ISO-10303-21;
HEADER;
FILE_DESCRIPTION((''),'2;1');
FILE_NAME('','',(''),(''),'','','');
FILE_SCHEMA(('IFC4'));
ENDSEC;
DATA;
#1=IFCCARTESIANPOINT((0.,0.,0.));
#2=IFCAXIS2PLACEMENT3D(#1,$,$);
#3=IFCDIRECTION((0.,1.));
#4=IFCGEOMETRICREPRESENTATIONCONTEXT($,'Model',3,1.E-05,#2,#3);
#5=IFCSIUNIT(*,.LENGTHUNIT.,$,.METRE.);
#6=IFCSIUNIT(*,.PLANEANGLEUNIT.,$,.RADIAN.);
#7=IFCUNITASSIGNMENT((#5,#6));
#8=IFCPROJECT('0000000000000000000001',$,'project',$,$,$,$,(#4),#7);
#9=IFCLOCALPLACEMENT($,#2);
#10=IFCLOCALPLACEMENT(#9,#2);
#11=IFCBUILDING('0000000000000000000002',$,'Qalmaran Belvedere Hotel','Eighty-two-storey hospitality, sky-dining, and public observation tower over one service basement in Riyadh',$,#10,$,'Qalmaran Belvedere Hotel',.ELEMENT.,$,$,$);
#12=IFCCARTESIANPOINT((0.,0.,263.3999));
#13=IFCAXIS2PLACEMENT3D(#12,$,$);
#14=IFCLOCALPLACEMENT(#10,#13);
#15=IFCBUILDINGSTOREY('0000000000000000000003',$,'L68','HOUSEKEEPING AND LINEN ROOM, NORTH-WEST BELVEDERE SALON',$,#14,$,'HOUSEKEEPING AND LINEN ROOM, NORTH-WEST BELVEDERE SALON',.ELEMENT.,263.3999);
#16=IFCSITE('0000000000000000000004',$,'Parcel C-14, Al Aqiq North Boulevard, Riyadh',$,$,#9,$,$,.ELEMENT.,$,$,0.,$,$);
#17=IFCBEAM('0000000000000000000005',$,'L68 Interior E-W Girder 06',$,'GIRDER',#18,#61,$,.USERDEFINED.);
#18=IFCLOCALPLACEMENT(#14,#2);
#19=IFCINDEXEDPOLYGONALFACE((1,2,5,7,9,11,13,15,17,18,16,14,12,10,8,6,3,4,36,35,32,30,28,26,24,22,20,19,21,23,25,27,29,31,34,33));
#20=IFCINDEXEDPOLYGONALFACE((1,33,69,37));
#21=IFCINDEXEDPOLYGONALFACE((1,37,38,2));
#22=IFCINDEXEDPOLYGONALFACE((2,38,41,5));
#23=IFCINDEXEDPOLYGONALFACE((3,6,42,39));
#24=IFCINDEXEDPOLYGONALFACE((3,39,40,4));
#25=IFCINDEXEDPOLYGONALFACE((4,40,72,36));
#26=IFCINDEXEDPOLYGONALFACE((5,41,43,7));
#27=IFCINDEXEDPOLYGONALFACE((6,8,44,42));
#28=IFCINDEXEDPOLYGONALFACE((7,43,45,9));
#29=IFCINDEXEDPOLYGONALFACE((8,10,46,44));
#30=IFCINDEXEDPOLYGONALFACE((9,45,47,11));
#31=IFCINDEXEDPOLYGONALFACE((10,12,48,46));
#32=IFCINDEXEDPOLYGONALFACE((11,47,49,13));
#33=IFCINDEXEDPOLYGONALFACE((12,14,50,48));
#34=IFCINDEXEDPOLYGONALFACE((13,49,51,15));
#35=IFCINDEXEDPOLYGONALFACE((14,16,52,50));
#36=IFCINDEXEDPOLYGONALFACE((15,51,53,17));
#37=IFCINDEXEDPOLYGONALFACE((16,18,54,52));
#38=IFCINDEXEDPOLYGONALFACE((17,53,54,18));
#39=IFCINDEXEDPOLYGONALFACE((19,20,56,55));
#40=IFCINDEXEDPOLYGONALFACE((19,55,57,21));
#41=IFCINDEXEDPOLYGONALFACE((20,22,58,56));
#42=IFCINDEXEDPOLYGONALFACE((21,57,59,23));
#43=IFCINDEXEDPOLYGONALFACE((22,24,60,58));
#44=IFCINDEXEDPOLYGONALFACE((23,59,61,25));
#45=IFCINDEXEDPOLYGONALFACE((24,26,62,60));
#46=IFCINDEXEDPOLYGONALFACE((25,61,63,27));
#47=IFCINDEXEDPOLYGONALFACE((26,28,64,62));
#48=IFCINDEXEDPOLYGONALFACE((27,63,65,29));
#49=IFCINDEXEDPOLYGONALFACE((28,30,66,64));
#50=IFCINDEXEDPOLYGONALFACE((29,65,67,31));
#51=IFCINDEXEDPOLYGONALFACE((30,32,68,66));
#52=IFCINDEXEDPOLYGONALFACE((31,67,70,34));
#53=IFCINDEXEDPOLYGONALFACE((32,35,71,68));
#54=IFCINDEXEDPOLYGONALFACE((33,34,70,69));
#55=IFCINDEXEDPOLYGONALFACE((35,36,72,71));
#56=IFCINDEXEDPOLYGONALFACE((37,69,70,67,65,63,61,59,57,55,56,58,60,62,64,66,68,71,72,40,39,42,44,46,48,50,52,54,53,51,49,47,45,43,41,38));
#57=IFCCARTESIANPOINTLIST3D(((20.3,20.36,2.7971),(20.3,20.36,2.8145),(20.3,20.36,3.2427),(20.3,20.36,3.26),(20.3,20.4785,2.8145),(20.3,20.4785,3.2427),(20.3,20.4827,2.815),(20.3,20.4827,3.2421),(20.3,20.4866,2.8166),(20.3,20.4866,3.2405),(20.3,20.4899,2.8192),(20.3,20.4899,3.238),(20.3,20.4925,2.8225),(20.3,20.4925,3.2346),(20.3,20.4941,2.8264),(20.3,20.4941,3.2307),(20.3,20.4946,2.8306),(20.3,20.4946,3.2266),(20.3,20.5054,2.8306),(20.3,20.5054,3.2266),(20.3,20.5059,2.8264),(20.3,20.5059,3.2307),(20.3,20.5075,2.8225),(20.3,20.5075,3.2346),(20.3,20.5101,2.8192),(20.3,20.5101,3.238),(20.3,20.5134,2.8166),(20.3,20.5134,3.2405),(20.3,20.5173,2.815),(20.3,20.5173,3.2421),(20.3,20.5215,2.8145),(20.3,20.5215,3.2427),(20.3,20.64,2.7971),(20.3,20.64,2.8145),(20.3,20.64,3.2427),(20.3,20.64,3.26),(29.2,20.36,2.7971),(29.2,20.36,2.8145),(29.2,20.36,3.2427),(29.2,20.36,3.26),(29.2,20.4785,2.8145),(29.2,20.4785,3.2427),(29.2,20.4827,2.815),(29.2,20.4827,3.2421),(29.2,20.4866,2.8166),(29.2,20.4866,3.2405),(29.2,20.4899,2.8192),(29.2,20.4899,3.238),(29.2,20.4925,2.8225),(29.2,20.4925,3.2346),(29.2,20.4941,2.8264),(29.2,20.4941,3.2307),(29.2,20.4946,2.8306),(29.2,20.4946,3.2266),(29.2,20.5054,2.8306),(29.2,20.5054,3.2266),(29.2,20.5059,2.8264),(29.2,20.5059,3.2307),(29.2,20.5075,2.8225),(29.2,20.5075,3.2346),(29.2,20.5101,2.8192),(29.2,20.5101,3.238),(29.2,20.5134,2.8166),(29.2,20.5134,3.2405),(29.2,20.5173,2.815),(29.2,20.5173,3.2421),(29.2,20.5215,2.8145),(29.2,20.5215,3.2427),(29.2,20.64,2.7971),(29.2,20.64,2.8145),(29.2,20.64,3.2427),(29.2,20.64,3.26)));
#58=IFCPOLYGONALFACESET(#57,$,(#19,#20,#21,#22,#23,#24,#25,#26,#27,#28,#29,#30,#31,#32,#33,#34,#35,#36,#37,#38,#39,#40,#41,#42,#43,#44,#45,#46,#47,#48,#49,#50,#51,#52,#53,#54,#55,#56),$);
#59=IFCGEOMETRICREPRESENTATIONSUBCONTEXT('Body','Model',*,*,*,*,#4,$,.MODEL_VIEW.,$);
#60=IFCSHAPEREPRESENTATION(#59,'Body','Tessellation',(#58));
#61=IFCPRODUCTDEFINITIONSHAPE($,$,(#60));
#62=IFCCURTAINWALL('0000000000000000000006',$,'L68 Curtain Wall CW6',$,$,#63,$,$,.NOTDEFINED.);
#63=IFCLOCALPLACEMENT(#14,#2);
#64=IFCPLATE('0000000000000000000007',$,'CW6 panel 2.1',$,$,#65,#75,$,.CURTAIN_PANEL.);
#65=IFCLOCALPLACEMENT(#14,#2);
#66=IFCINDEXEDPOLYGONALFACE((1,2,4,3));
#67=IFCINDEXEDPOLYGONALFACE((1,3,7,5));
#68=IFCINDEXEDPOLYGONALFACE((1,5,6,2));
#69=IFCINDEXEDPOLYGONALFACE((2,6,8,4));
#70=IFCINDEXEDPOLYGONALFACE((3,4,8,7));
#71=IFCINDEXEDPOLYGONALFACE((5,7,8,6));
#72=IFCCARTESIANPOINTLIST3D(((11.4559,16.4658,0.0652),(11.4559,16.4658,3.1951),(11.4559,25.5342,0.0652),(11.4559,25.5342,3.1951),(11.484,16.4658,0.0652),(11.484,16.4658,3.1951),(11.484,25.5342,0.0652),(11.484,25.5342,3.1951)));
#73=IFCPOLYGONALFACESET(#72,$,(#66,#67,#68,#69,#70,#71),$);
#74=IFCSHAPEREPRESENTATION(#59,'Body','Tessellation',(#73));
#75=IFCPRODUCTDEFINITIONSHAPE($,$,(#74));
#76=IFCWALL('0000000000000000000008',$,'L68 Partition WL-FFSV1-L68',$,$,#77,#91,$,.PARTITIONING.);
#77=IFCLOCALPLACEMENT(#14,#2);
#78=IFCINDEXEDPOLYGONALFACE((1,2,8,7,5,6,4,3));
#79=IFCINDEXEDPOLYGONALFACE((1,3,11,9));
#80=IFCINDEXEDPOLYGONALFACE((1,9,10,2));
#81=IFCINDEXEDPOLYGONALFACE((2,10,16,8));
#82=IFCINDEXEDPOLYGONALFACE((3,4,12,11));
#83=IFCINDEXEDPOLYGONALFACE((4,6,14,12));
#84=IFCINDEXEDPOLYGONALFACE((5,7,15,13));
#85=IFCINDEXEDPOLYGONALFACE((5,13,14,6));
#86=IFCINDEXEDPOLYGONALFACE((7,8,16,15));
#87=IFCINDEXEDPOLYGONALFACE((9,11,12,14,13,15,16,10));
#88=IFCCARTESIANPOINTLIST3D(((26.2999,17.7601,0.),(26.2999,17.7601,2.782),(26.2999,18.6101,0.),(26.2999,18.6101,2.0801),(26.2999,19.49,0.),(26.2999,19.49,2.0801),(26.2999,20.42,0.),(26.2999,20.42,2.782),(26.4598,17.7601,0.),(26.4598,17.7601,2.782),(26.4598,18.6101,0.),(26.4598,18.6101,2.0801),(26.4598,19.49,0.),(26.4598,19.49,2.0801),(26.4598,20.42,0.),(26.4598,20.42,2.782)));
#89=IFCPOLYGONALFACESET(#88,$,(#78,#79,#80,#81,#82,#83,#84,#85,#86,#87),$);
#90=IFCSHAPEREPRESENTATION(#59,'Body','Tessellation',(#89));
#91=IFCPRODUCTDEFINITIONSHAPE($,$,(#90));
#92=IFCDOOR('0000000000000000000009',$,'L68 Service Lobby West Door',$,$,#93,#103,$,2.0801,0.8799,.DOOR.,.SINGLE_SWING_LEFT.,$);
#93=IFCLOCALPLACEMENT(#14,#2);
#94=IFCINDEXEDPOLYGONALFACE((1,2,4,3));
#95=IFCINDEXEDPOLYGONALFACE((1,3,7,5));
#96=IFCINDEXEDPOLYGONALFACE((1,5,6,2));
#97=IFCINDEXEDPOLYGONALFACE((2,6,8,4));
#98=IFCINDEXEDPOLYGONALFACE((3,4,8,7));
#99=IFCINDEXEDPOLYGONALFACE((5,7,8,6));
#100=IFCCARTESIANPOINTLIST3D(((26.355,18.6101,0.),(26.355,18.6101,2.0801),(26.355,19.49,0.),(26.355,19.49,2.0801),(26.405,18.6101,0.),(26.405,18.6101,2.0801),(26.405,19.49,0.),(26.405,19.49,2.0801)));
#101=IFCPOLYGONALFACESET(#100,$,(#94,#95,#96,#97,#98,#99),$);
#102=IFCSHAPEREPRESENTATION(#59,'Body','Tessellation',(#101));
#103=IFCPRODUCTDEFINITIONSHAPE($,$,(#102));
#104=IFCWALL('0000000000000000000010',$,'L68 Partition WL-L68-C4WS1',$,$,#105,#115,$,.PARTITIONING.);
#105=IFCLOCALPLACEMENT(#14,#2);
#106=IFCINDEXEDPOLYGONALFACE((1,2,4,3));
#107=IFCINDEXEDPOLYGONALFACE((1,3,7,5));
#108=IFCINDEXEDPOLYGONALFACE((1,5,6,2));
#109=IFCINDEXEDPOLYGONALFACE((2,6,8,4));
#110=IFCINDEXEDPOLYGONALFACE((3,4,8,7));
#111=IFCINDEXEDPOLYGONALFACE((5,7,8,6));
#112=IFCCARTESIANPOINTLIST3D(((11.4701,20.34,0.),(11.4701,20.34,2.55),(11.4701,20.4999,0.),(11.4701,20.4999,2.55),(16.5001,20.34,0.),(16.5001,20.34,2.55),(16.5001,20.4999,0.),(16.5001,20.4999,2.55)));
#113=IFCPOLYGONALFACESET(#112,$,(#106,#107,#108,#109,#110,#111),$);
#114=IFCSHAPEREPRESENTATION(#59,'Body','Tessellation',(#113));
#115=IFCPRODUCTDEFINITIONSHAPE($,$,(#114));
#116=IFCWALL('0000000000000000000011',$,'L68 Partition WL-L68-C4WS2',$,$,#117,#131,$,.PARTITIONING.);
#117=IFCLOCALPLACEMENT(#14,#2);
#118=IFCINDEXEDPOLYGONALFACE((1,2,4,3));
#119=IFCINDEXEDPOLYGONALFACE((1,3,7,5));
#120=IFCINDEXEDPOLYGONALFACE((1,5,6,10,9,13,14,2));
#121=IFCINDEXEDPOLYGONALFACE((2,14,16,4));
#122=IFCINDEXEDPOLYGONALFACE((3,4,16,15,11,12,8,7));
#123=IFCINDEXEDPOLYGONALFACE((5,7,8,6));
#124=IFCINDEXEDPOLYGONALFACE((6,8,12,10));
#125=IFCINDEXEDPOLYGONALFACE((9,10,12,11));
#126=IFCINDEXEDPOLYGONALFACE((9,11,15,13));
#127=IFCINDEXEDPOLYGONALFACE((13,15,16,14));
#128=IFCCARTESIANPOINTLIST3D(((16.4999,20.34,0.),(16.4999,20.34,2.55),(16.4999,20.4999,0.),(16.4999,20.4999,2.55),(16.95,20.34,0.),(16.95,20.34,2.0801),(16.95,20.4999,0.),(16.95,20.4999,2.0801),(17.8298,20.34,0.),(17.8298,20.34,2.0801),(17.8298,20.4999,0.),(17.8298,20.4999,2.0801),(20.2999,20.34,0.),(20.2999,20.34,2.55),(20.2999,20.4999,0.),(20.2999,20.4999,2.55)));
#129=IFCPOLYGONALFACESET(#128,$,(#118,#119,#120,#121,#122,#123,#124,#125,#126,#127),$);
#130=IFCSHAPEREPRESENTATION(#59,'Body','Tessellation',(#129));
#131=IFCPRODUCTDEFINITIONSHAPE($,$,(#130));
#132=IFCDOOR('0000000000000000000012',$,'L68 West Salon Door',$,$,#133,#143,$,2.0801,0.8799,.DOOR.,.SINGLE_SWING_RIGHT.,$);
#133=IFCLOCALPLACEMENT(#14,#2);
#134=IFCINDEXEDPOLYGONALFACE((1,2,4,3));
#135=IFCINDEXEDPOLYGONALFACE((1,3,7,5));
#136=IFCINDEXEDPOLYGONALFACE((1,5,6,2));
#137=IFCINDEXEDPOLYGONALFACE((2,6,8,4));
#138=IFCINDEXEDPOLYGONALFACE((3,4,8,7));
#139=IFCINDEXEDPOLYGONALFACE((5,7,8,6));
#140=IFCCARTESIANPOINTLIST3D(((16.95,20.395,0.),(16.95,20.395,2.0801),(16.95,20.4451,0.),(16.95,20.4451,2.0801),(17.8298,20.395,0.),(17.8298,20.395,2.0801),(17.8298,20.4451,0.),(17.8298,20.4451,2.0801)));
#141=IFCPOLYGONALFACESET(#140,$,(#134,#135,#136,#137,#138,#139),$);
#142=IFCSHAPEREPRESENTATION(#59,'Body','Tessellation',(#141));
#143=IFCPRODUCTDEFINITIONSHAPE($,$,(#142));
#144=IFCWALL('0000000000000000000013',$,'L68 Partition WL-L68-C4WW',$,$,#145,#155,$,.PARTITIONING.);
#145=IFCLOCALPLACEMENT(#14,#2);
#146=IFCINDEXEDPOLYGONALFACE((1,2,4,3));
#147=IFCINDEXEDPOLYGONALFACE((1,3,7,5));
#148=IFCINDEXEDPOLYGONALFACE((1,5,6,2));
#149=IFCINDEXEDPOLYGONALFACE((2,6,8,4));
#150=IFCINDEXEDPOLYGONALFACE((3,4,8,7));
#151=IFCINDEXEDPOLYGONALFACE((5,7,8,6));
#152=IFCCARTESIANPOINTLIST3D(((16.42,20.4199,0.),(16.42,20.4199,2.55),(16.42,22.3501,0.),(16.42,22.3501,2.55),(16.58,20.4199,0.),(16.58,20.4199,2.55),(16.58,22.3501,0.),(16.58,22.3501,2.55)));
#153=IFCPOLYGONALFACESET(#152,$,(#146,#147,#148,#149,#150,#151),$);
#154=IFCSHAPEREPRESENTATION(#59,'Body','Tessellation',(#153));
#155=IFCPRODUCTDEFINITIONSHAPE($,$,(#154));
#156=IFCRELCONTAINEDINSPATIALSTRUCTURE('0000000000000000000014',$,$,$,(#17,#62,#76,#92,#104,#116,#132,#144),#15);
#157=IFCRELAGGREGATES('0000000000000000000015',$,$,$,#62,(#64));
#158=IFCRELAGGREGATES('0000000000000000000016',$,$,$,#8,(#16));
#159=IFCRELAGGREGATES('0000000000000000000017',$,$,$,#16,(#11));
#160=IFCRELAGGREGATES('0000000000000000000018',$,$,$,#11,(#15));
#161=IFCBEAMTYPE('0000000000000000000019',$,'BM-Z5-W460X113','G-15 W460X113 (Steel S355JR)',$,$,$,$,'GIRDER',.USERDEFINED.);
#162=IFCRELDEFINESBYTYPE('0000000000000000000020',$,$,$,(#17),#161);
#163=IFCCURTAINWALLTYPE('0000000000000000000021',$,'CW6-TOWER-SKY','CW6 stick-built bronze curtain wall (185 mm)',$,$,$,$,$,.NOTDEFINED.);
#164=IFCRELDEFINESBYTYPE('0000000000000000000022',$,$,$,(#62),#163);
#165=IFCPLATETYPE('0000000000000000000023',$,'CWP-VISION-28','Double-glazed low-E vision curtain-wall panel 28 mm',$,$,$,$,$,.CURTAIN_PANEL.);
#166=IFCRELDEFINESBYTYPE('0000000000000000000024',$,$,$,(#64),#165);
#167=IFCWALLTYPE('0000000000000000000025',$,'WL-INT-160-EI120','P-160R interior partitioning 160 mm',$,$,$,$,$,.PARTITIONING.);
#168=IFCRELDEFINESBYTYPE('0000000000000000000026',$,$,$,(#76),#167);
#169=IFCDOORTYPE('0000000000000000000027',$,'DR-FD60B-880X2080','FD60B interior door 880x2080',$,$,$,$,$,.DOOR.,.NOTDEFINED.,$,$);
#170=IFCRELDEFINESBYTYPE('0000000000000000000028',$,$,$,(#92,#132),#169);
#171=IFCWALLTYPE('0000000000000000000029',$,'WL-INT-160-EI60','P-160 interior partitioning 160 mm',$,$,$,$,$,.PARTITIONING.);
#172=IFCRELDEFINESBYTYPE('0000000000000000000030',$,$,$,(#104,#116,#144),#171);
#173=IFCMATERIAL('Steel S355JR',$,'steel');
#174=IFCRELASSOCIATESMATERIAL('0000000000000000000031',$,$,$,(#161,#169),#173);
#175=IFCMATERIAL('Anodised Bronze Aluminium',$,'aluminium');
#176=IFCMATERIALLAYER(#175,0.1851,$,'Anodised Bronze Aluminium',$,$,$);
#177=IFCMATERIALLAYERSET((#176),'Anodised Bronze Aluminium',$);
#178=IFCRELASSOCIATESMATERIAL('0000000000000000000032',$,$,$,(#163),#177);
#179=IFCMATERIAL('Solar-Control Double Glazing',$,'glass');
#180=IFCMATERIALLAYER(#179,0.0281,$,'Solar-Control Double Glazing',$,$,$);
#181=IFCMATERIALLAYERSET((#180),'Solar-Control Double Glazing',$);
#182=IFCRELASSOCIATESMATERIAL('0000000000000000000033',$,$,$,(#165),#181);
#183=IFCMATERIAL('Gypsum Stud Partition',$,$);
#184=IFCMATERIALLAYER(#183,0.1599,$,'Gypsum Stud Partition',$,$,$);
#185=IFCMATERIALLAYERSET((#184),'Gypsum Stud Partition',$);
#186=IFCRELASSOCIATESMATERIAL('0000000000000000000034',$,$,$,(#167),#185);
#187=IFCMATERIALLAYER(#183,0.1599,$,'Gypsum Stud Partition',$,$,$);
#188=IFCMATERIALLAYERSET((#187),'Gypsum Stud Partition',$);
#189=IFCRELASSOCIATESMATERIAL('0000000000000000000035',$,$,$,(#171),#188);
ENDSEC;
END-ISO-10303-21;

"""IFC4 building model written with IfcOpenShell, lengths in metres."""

from ifc_helpers import new_model, si_unit, direction, frame, frame_2d, origin, origin_2d, place, context, subcontext, project, spatial, rectangle, i_section, extrude, material, layer, layer_set, material_profile, profile_set, type_object, element, fill, aggregate, save


model = new_model("IFC4")

# Units and contexts
model_context = context("Model", 3, precision=1e-05, world=origin(), true_north=direction((0.0, 1.0)))
body_context = subcontext(model_context, "Body", "Model", "MODEL_VIEW")
ifc_project = project(units=[si_unit("LENGTHUNIT", "METRE"), si_unit("PLANEANGLEUNIT", "RADIAN")], contexts=[model_context])

# Site, building, storey
site_placement = place(None, origin())
site = spatial("IfcSite", under=ifc_project, at=site_placement, Name="Parcel C-14, Al Aqiq North Boulevard, Riyadh", CompositionType="ELEMENT", RefElevation=0.0)
building_placement = place(site_placement, origin())
building = spatial("IfcBuilding", under=site, at=building_placement, Name="Qalmaran Belvedere Hotel", Description="Eighty-two-storey hospitality, sky-dining, and public observation tower over one service basement in Riyadh", LongName="Qalmaran Belvedere Hotel", CompositionType="ELEMENT")
storey_placement = place(building_placement, frame((0.0, 0.0, 263.3999)))
storey = spatial("IfcBuildingStorey", under=building, at=storey_placement, Name="L68", Description="HOUSEKEEPING AND LINEN ROOM, NORTH-WEST BELVEDERE SALON", LongName="HOUSEKEEPING AND LINEN ROOM, NORTH-WEST BELVEDERE SALON", CompositionType="ELEMENT", Elevation=263.3999)

# Beam
ifc_material_1 = material(Name="Steel S355JR", Category="steel")
ifc_material_profile_1 = material_profile(ifc_material_1, i_section(OverallWidth=0.28, OverallDepth=0.4629, WebThickness=0.0107, FlangeThickness=0.0173, FilletRadius=0.0161, at=origin_2d()), Name="W460X113")
ifc_profile_set_1 = profile_set([ifc_material_profile_1], Name="Steel S355JR")
beam_type_1 = type_object("IfcBeamType", Name="BM-Z5-W460X113", Description="G-15 W460X113 (Steel S355JR)", ElementType="GIRDER", PredefinedType="USERDEFINED", material=ifc_profile_set_1)
beam_1_placement = place(storey_placement, frame((20.3, 20.5, 3.0286), z_axis=(1.0, 0.0, 0.0), x_axis=(0.0, 1.0, 0.0)))
element("IfcBeam", 1, at=beam_1_placement, inside=storey, type_object=beam_type_1, Name="L68 Interior E-W Girder 06", ObjectType="GIRDER", PredefinedType="USERDEFINED", context=body_context, shape_type="SweptSolid", body=[
    extrude(i_section(OverallWidth=0.28, OverallDepth=0.4629, WebThickness=0.0107, FlangeThickness=0.0173, FilletRadius=0.0161, at=origin_2d()), origin(), (0.0, 0.0, 1.0), 8.8999),
])

# Curtain wall, plate
ifc_material_2 = material(Name="Anodised Bronze Aluminium", Category="aluminium")
ifc_layer_1 = layer(ifc_material_2, 0.1851, Name="Anodised Bronze Aluminium")
ifc_layer_set_1 = layer_set([ifc_layer_1], Name="Anodised Bronze Aluminium")
curtain_wall_type = type_object("IfcCurtainWallType", Name="CW6-TOWER-SKY", Description="CW6 stick-built bronze curtain wall (185 mm)", PredefinedType="NOTDEFINED", material=ifc_layer_set_1)
curtain_wall_placement = place(storey_placement, origin())
curtain_wall = element("IfcCurtainWall", 2, at=curtain_wall_placement, inside=storey, type_object=curtain_wall_type, Name="L68 Curtain Wall CW6", PredefinedType="NOTDEFINED")
ifc_material_3 = material(Name="Solar-Control Double Glazing", Category="glass")
ifc_layer_2 = layer(ifc_material_3, 0.0281, Name="Solar-Control Double Glazing")
ifc_layer_set_2 = layer_set([ifc_layer_2], Name="Solar-Control Double Glazing")
plate_type = type_object("IfcPlateType", Name="CWP-VISION-28", Description="Double-glazed low-E vision curtain-wall panel 28 mm", PredefinedType="CURTAIN_PANEL", material=ifc_layer_set_2)
plate_placement = place(storey_placement, frame((11.47, 21.0, 0.0652), z_axis=(0.0, 0.0, 1.0), x_axis=(0.0, -1.0, 0.0)))
plate = element("IfcPlate", 3, at=plate_placement, type_object=plate_type, Name="CW6 panel 2.1", PredefinedType="CURTAIN_PANEL", context=body_context, shape_type="SweptSolid", body=[
    extrude(rectangle(XDim=9.0684, YDim=0.0281, at=origin_2d()), origin(), (0.0, 0.0, 1.0), 3.1299),
])
aggregate(curtain_wall, [plate])

# Wall, opening, door
ifc_material_4 = material(Name="Gypsum Stud Partition")
ifc_layer_3 = layer(ifc_material_4, 0.1599, Name="Gypsum Stud Partition")
ifc_layer_set_3 = layer_set([ifc_layer_3], Name="Gypsum Stud Partition")
wall_type_1 = type_object("IfcWallType", Name="WL-INT-160-EI120", Description="P-160R interior partitioning 160 mm", PredefinedType="PARTITIONING", material=ifc_layer_set_3)
wall_1_placement = place(storey_placement, frame((26.3799, 17.76, 0.0), z_axis=(0.0, 0.0, 1.0), x_axis=(0.0, 1.0, 0.0)))
wall_1 = element("IfcWall", 4, at=wall_1_placement, inside=storey, type_object=wall_type_1, Name="L68 Partition WL-FFSV1-L68", PredefinedType="PARTITIONING", context=body_context, shape_type="SweptSolid", body=[
    extrude(rectangle(XDim=2.6599, YDim=0.1599, at=frame_2d((1.3301, 0.0))), origin(), (0.0, 0.0, 1.0), 2.782),
])
opening_1_placement = place(wall_1_placement, frame((0.8501, 0.0, 0.0)))
opening_1 = element("IfcOpeningElement", 5, at=opening_1_placement, cuts=wall_1, PredefinedType="OPENING", context=body_context, shape_type="SweptSolid", body=[
    extrude(rectangle(XDim=0.8799, YDim=2.0801, at=frame_2d((0.4399, 1.04))), frame((0.0, 0.0898, 0.0), z_axis=(0.0, -1.0, 0.0), x_axis=(1.0, 0.0, 0.0)), (0.0, 0.0, 1.0), 0.1799),
])
door_type_1 = type_object("IfcDoorType", Name="DR-FD60B-880X2080", Description="FD60B interior door 880x2080", OperationType="NOTDEFINED", PredefinedType="DOOR", material=ifc_material_1)
door_1_placement = place(opening_1_placement, origin())
door_1 = element("IfcDoor", 6, at=door_1_placement, inside=storey, type_object=door_type_1, Name="L68 Service Lobby West Door", OperationType="SINGLE_SWING_LEFT", OverallHeight=2.0801, OverallWidth=0.8799, PredefinedType="DOOR", context=body_context, shape_type="SweptSolid", body=[
    extrude(rectangle(XDim=0.8799, YDim=2.0801, at=frame_2d((0.4399, 1.04))), frame((0.0, 0.0249, 0.0), z_axis=(0.0, -1.0, 0.0), x_axis=(1.0, 0.0, 0.0)), (0.0, 0.0, 1.0), 0.05),
])
fill(opening_1, door_1)

# Wall
ifc_layer_4 = layer(ifc_material_4, 0.1599, Name="Gypsum Stud Partition")
ifc_layer_set_4 = layer_set([ifc_layer_4], Name="Gypsum Stud Partition")
wall_type_2 = type_object("IfcWallType", Name="WL-INT-160-EI60", Description="P-160 interior partitioning 160 mm", PredefinedType="PARTITIONING", material=ifc_layer_set_4)
wall_2_placement = place(storey_placement, frame((11.47, 20.4199, 0.0), z_axis=(0.0, 0.0, 1.0), x_axis=(1.0, 0.0, 0.0)))
element("IfcWall", 7, at=wall_2_placement, inside=storey, type_object=wall_type_2, Name="L68 Partition WL-L68-C4WS1", PredefinedType="PARTITIONING", context=body_context, shape_type="SweptSolid", body=[
    extrude(rectangle(XDim=5.03, YDim=0.1599, at=frame_2d((2.5151, 0.0))), origin(), (0.0, 0.0, 1.0), 2.55),
])

# Wall, opening, door
wall_3_placement = place(storey_placement, frame((16.5, 20.4199, 0.0), z_axis=(0.0, 0.0, 1.0), x_axis=(1.0, 0.0, 0.0)))
wall_3 = element("IfcWall", 8, at=wall_3_placement, inside=storey, type_object=wall_type_2, Name="L68 Partition WL-L68-C4WS2", PredefinedType="PARTITIONING", context=body_context, shape_type="SweptSolid", body=[
    extrude(rectangle(XDim=3.8, YDim=0.1599, at=frame_2d((1.8999, 0.0))), origin(), (0.0, 0.0, 1.0), 2.55),
])
opening_2_placement = place(wall_3_placement, frame((1.3298, 0.0, 0.0), z_axis=(0.0, 0.0, 1.0), x_axis=(-1.0, 0.0, 0.0)))
opening_2 = element("IfcOpeningElement", 9, at=opening_2_placement, cuts=wall_3, PredefinedType="OPENING", context=body_context, shape_type="SweptSolid", body=[
    extrude(rectangle(XDim=0.8799, YDim=2.0801, at=frame_2d((0.4399, 1.04))), frame((0.0, 0.0898, 0.0), z_axis=(0.0, -1.0, 0.0), x_axis=(1.0, 0.0, 0.0)), (0.0, 0.0, 1.0), 0.1799),
])
door_2_placement = place(opening_2_placement, origin())
door_2 = element("IfcDoor", 10, at=door_2_placement, inside=storey, type_object=door_type_1, Name="L68 West Salon Door", OperationType="SINGLE_SWING_RIGHT", OverallHeight=2.0801, OverallWidth=0.8799, PredefinedType="DOOR", context=body_context, shape_type="SweptSolid", body=[
    extrude(rectangle(XDim=0.8799, YDim=2.0801, at=frame_2d((0.4399, 1.04))), frame((0.0, 0.0249, 0.0), z_axis=(0.0, -1.0, 0.0), x_axis=(1.0, 0.0, 0.0)), (0.0, 0.0, 1.0), 0.05),
])
fill(opening_2, door_2)

# Wall
wall_4_placement = place(storey_placement, frame((16.5, 20.4199, 0.0), z_axis=(0.0, 0.0, 1.0), x_axis=(0.0, 1.0, 0.0)))
element("IfcWall", 11, at=wall_4_placement, inside=storey, type_object=wall_type_2, Name="L68 Partition WL-L68-C4WW", PredefinedType="PARTITIONING", context=body_context, shape_type="SweptSolid", body=[
    extrude(rectangle(XDim=1.9302, YDim=0.1599, at=frame_2d((0.9651, 0.0))), origin(), (0.0, 0.0, 1.0), 2.55),
])

save(model, "model.ifc")
